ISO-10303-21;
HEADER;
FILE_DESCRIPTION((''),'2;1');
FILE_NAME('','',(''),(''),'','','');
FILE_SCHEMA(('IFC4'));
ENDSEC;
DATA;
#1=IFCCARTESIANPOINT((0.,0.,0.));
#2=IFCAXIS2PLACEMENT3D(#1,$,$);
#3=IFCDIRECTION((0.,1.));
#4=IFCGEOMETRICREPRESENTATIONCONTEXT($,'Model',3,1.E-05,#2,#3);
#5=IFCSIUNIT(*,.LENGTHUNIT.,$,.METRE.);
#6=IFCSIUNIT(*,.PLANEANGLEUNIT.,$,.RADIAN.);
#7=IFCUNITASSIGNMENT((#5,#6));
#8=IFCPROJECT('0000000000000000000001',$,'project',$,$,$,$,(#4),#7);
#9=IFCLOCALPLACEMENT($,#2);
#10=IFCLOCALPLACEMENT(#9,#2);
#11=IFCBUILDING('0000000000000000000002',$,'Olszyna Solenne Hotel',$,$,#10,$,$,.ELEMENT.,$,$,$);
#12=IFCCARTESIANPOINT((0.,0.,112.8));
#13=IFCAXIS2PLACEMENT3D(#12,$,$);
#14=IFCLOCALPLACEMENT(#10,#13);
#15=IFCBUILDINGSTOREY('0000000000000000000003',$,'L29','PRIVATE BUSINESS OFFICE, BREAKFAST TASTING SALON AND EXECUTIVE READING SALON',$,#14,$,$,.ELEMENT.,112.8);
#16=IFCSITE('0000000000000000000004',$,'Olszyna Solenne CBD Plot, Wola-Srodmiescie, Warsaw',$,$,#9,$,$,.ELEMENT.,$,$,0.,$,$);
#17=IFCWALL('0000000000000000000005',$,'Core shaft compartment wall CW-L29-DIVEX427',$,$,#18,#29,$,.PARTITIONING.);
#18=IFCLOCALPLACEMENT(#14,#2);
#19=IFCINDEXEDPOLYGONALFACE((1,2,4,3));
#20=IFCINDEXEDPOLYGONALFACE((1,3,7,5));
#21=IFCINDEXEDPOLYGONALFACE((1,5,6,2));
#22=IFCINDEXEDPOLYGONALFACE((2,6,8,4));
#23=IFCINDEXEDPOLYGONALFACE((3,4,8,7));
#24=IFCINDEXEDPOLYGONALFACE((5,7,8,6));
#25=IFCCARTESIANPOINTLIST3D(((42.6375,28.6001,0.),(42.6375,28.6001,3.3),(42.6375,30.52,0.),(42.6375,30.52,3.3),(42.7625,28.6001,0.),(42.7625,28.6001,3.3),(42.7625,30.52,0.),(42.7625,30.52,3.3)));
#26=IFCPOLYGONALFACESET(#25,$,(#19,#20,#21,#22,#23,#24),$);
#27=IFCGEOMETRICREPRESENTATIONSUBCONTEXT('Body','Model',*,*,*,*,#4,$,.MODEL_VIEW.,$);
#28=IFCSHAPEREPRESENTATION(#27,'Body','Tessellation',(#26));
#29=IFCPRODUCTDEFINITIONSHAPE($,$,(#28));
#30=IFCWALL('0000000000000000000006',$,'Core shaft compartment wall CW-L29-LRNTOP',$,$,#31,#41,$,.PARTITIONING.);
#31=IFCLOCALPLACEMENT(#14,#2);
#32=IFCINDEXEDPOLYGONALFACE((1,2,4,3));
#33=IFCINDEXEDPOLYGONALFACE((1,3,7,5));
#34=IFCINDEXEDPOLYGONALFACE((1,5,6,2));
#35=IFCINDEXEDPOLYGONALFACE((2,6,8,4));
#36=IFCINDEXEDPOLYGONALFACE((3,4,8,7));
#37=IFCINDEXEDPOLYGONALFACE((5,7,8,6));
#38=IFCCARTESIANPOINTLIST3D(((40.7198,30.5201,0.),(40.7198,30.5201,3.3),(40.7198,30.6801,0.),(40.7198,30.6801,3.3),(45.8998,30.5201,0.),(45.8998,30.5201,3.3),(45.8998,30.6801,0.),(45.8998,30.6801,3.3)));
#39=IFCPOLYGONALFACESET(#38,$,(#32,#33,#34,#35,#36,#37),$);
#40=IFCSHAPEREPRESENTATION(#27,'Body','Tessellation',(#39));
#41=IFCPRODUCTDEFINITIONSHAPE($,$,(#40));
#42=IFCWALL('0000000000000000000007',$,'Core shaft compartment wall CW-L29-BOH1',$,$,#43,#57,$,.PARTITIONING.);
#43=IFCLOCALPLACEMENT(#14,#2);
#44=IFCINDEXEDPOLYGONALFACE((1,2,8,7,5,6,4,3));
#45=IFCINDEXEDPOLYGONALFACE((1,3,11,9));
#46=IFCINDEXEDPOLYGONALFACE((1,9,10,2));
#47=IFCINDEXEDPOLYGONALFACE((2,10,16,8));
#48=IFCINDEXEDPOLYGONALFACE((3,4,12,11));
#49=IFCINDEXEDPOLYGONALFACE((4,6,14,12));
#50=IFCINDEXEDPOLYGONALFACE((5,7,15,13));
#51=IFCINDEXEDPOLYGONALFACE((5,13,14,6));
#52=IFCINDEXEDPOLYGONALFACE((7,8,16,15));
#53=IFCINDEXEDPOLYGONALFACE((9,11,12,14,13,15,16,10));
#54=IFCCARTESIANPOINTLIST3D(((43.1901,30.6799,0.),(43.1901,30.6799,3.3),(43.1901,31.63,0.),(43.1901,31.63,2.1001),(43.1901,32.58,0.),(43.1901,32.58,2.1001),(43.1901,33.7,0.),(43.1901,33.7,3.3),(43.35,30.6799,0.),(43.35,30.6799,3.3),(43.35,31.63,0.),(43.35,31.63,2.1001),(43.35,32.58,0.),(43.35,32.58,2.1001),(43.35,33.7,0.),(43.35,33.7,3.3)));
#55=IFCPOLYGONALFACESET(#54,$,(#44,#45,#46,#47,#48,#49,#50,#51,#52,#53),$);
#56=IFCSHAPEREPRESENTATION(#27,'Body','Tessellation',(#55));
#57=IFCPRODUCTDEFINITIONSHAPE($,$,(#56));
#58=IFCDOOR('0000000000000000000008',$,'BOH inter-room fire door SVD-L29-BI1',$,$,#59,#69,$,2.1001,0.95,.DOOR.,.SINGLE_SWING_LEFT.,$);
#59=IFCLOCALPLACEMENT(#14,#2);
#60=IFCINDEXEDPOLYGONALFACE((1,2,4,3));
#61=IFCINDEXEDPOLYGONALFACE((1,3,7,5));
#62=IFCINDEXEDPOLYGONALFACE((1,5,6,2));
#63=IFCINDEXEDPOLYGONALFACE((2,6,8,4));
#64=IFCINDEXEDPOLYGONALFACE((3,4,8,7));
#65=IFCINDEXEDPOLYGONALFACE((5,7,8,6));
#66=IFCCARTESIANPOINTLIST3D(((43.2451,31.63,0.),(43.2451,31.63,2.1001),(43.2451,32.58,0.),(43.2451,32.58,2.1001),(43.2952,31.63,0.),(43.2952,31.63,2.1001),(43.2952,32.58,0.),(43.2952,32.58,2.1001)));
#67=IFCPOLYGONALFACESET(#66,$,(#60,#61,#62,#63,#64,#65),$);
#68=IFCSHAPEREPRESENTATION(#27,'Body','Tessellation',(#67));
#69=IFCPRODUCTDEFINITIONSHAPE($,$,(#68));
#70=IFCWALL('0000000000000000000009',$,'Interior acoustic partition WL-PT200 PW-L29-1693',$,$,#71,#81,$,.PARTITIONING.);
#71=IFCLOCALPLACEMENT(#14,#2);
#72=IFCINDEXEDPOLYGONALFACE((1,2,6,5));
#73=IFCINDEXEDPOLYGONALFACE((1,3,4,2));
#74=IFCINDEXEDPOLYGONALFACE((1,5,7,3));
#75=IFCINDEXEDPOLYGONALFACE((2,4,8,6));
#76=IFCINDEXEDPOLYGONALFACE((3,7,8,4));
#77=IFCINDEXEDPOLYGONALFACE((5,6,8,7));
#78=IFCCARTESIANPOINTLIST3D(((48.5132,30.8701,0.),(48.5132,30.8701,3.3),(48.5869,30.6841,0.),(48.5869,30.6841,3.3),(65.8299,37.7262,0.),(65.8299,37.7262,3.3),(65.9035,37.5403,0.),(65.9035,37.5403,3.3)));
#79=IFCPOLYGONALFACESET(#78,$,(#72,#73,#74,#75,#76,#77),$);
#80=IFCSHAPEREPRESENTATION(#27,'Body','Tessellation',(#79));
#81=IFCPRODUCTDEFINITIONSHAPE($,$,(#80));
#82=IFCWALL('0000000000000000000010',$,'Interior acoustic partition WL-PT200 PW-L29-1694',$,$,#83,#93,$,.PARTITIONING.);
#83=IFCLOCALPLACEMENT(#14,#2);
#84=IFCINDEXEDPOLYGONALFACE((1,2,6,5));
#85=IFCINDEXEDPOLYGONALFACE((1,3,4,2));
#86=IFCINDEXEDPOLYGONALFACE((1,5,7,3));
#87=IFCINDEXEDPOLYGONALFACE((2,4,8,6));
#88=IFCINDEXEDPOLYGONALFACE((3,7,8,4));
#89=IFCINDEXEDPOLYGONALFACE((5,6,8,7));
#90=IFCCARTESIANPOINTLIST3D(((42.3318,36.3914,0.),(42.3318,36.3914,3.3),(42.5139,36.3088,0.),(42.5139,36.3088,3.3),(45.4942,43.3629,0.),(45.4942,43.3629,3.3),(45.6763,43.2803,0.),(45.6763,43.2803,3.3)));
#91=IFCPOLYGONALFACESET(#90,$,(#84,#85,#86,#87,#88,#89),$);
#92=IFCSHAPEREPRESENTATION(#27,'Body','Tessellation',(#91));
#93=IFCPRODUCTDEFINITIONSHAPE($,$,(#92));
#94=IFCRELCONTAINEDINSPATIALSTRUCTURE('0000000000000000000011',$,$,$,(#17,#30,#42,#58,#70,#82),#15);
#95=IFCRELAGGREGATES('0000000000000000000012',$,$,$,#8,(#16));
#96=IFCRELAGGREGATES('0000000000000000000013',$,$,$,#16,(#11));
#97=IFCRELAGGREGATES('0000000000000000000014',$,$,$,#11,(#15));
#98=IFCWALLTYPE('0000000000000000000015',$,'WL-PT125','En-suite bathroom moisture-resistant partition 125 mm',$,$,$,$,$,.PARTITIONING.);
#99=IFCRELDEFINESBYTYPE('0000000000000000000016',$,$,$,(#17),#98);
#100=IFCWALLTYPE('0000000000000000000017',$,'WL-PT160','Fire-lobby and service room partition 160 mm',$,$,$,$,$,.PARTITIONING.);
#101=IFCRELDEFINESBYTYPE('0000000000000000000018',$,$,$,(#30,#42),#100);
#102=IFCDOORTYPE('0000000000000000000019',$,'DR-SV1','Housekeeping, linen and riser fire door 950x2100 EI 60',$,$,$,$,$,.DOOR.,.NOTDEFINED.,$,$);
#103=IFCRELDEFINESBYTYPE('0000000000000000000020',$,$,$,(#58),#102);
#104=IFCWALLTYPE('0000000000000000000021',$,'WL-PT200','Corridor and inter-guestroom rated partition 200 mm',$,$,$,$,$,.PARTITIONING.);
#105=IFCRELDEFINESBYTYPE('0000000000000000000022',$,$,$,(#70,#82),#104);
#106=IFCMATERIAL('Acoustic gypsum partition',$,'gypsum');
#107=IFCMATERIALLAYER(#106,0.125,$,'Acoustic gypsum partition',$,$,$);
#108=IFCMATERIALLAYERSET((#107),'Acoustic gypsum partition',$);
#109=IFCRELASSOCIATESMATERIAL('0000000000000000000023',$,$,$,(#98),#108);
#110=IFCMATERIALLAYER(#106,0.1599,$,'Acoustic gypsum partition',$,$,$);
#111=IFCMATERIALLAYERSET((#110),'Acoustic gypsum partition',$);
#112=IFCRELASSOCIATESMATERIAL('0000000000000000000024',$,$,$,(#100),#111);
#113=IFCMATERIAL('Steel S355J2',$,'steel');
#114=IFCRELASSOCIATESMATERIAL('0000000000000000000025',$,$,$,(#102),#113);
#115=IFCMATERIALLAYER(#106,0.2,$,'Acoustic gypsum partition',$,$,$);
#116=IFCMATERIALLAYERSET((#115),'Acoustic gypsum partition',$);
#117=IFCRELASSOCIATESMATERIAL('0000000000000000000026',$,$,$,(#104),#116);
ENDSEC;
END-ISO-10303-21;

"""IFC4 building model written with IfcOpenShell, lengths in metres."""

from ifc_helpers import new_model, si_unit, direction, frame, frame_2d, origin, place, context, subcontext, project, spatial, rectangle, extrude, source, transform, mapped, material, layer, layer_set, type_object, type_shapes, element, fill, save


model = new_model("IFC4")

# Units and contexts
model_context = context("Model", 3, precision=1e-05, world=origin(), true_north=direction((0.0, 1.0)))
body_context = subcontext(model_context, "Body", "Model", "MODEL_VIEW")
ifc_project = project(units=[si_unit("LENGTHUNIT", "METRE"), si_unit("PLANEANGLEUNIT", "RADIAN")], contexts=[model_context])

# Site, building, storey
site_placement = place(None, origin())
site = spatial("IfcSite", under=ifc_project, at=site_placement, Name="Olszyna Solenne CBD Plot, Wola-Srodmiescie, Warsaw", CompositionType="ELEMENT", RefElevation=0.0)
building_placement = place(site_placement, origin())
building = spatial("IfcBuilding", under=site, at=building_placement, Name="Olszyna Solenne Hotel", CompositionType="ELEMENT")
storey_placement = place(building_placement, frame((0.0, 0.0, 112.8)))
storey = spatial("IfcBuildingStorey", under=building, at=storey_placement, Name="L29", Description="PRIVATE BUSINESS OFFICE, BREAKFAST TASTING SALON AND EXECUTIVE READING SALON", CompositionType="ELEMENT", Elevation=112.8)

# Shared definitions
ifc_material_1 = material(Name="Steel S355J2", Category="steel")

# Walls
ifc_material_2 = material(Name="Acoustic gypsum partition", Category="gypsum")
ifc_layer_1 = layer(ifc_material_2, 0.125, Name="Acoustic gypsum partition")
ifc_layer_set_1 = layer_set([ifc_layer_1], Name="Acoustic gypsum partition")
wall_type_1 = type_object("IfcWallType", Name="WL-PT125", Description="En-suite bathroom moisture-resistant partition 125 mm", PredefinedType="PARTITIONING", material=ifc_layer_set_1)
wall_1_placement = place(storey_placement, frame((42.7, 28.6001, 0.0), z_axis=(0.0, 0.0, 1.0), x_axis=(0.0, 1.0, 0.0)))
element("IfcWall", 1, at=wall_1_placement, inside=storey, type_object=wall_type_1, Name="Core shaft compartment wall CW-L29-DIVEX427", PredefinedType="PARTITIONING", context=body_context, shape_type="SweptSolid", body=[
    extrude(rectangle(XDim=1.9199, YDim=0.125, at=frame_2d((0.96, 0.0))), origin(), (0.0, 0.0, 1.0), 3.3),
])
ifc_layer_2 = layer(ifc_material_2, 0.1599, Name="Acoustic gypsum partition")
ifc_layer_set_2 = layer_set([ifc_layer_2], Name="Acoustic gypsum partition")
wall_type_2 = type_object("IfcWallType", Name="WL-PT160", Description="Fire-lobby and service room partition 160 mm", PredefinedType="PARTITIONING", material=ifc_layer_set_2)
wall_2_placement = place(storey_placement, frame((40.72, 30.6001, 0.0), z_axis=(0.0, 0.0, 1.0), x_axis=(1.0, 0.0, 0.0)))
element("IfcWall", 2, at=wall_2_placement, inside=storey, type_object=wall_type_2, Name="Core shaft compartment wall CW-L29-LRNTOP", PredefinedType="PARTITIONING", context=body_context, shape_type="SweptSolid", body=[
    extrude(rectangle(XDim=5.1799, YDim=0.1599, at=frame_2d((2.5898, 0.0))), origin(), (0.0, 0.0, 1.0), 3.3),
])

# Wall, opening, door
wall_3_placement = place(storey_placement, frame((43.27, 30.6799, 0.0), z_axis=(0.0, 0.0, 1.0), x_axis=(0.0, 1.0, 0.0)))
wall_3 = element("IfcWall", 3, at=wall_3_placement, inside=storey, type_object=wall_type_2, Name="Core shaft compartment wall CW-L29-BOH1", PredefinedType="PARTITIONING", context=body_context, shape_type="SweptSolid", body=[
    extrude(rectangle(XDim=3.02, YDim=0.1599, at=frame_2d((1.51, 0.0))), origin(), (0.0, 0.0, 1.0), 3.3),
])
opening_1_placement = place(wall_3_placement, frame((0.95, 0.0, 0.0)))
opening_1 = element("IfcOpeningElement", 4, at=opening_1_placement, cuts=wall_3, PredefinedType="OPENING", context=body_context, shape_type="SweptSolid", body=[
    extrude(rectangle(XDim=0.95, YDim=2.1001, at=frame_2d((0.4751, 1.05))), frame((0.0, 0.0898, 0.0), z_axis=(0.0, -1.0, 0.0), x_axis=(1.0, 0.0, 0.0)), (0.0, 0.0, 1.0), 0.1799),
])
door_type_1 = type_object("IfcDoorType", Name="DR-SV1", Description="Housekeeping, linen and riser fire door 950x2100 EI 60", OperationType="NOTDEFINED", PredefinedType="DOOR", material=ifc_material_1)
shared_shape_1 = source(origin(), body_context, "Body", "SweptSolid", [
    extrude(rectangle(XDim=0.95, YDim=2.1001, at=frame_2d((0.4751, 1.05))), frame((0.0, 0.0249, 0.0), z_axis=(0.0, -1.0, 0.0), x_axis=(1.0, 0.0, 0.0)), (0.0, 0.0, 1.0), 0.05),
])
type_shapes(door_type_1, [shared_shape_1])
door_1_placement = place(opening_1_placement, origin())
door_1 = element("IfcDoor", 5, at=door_1_placement, inside=storey, type_object=door_type_1, Name="BOH inter-room fire door SVD-L29-BI1", OperationType="SINGLE_SWING_LEFT", OverallHeight=2.1001, OverallWidth=0.95, PredefinedType="DOOR", context=body_context, shape_type="MappedRepresentation", body=[
    mapped(shared_shape_1, transform((0.0, 0.0, 0.0), x_axis=(1.0, 0.0, 0.0), y_axis=(0.0, 1.0, 0.0), z_axis=(0.0, 0.0, 1.0), scale=1.0)),
])
fill(opening_1, door_1)

# Walls
ifc_layer_3 = layer(ifc_material_2, 0.2, Name="Acoustic gypsum partition")
ifc_layer_set_3 = layer_set([ifc_layer_3], Name="Acoustic gypsum partition")
wall_type_3 = type_object("IfcWallType", Name="WL-PT200", Description="Corridor and inter-guestroom rated partition 200 mm", PredefinedType="PARTITIONING", material=ifc_layer_set_3)
wall_4_placement = place(storey_placement, frame((48.55, 30.7771, 0.0), z_axis=(0.0, 0.0, 1.0), x_axis=(0.929775, 0.368127, 0.0)))
element("IfcWall", 6, at=wall_4_placement, inside=storey, type_object=wall_type_3, Name="Interior acoustic partition WL-PT200 PW-L29-1693", PredefinedType="PARTITIONING", context=body_context, shape_type="SweptSolid", body=[
    extrude(rectangle(XDim=18.6245, YDim=0.2, at=frame_2d((9.3123, 0.0))), origin(), (0.0, 0.0, 1.0), 3.3),
])
wall_5_placement = place(storey_placement, frame((42.4229, 36.3501, 0.0), z_axis=(0.0, 0.0, 1.0), x_axis=(0.413101, 0.910685, 0.0)))
element("IfcWall", 7, at=wall_5_placement, inside=storey, type_object=wall_type_3, Name="Interior acoustic partition WL-PT200 PW-L29-1694", PredefinedType="PARTITIONING", context=body_context, shape_type="SweptSolid", body=[
    extrude(rectangle(XDim=7.6553, YDim=0.2, at=frame_2d((3.8276, 0.0))), origin(), (0.0, 0.0, 1.0), 3.3),
])

save(model, "model.ifc")
